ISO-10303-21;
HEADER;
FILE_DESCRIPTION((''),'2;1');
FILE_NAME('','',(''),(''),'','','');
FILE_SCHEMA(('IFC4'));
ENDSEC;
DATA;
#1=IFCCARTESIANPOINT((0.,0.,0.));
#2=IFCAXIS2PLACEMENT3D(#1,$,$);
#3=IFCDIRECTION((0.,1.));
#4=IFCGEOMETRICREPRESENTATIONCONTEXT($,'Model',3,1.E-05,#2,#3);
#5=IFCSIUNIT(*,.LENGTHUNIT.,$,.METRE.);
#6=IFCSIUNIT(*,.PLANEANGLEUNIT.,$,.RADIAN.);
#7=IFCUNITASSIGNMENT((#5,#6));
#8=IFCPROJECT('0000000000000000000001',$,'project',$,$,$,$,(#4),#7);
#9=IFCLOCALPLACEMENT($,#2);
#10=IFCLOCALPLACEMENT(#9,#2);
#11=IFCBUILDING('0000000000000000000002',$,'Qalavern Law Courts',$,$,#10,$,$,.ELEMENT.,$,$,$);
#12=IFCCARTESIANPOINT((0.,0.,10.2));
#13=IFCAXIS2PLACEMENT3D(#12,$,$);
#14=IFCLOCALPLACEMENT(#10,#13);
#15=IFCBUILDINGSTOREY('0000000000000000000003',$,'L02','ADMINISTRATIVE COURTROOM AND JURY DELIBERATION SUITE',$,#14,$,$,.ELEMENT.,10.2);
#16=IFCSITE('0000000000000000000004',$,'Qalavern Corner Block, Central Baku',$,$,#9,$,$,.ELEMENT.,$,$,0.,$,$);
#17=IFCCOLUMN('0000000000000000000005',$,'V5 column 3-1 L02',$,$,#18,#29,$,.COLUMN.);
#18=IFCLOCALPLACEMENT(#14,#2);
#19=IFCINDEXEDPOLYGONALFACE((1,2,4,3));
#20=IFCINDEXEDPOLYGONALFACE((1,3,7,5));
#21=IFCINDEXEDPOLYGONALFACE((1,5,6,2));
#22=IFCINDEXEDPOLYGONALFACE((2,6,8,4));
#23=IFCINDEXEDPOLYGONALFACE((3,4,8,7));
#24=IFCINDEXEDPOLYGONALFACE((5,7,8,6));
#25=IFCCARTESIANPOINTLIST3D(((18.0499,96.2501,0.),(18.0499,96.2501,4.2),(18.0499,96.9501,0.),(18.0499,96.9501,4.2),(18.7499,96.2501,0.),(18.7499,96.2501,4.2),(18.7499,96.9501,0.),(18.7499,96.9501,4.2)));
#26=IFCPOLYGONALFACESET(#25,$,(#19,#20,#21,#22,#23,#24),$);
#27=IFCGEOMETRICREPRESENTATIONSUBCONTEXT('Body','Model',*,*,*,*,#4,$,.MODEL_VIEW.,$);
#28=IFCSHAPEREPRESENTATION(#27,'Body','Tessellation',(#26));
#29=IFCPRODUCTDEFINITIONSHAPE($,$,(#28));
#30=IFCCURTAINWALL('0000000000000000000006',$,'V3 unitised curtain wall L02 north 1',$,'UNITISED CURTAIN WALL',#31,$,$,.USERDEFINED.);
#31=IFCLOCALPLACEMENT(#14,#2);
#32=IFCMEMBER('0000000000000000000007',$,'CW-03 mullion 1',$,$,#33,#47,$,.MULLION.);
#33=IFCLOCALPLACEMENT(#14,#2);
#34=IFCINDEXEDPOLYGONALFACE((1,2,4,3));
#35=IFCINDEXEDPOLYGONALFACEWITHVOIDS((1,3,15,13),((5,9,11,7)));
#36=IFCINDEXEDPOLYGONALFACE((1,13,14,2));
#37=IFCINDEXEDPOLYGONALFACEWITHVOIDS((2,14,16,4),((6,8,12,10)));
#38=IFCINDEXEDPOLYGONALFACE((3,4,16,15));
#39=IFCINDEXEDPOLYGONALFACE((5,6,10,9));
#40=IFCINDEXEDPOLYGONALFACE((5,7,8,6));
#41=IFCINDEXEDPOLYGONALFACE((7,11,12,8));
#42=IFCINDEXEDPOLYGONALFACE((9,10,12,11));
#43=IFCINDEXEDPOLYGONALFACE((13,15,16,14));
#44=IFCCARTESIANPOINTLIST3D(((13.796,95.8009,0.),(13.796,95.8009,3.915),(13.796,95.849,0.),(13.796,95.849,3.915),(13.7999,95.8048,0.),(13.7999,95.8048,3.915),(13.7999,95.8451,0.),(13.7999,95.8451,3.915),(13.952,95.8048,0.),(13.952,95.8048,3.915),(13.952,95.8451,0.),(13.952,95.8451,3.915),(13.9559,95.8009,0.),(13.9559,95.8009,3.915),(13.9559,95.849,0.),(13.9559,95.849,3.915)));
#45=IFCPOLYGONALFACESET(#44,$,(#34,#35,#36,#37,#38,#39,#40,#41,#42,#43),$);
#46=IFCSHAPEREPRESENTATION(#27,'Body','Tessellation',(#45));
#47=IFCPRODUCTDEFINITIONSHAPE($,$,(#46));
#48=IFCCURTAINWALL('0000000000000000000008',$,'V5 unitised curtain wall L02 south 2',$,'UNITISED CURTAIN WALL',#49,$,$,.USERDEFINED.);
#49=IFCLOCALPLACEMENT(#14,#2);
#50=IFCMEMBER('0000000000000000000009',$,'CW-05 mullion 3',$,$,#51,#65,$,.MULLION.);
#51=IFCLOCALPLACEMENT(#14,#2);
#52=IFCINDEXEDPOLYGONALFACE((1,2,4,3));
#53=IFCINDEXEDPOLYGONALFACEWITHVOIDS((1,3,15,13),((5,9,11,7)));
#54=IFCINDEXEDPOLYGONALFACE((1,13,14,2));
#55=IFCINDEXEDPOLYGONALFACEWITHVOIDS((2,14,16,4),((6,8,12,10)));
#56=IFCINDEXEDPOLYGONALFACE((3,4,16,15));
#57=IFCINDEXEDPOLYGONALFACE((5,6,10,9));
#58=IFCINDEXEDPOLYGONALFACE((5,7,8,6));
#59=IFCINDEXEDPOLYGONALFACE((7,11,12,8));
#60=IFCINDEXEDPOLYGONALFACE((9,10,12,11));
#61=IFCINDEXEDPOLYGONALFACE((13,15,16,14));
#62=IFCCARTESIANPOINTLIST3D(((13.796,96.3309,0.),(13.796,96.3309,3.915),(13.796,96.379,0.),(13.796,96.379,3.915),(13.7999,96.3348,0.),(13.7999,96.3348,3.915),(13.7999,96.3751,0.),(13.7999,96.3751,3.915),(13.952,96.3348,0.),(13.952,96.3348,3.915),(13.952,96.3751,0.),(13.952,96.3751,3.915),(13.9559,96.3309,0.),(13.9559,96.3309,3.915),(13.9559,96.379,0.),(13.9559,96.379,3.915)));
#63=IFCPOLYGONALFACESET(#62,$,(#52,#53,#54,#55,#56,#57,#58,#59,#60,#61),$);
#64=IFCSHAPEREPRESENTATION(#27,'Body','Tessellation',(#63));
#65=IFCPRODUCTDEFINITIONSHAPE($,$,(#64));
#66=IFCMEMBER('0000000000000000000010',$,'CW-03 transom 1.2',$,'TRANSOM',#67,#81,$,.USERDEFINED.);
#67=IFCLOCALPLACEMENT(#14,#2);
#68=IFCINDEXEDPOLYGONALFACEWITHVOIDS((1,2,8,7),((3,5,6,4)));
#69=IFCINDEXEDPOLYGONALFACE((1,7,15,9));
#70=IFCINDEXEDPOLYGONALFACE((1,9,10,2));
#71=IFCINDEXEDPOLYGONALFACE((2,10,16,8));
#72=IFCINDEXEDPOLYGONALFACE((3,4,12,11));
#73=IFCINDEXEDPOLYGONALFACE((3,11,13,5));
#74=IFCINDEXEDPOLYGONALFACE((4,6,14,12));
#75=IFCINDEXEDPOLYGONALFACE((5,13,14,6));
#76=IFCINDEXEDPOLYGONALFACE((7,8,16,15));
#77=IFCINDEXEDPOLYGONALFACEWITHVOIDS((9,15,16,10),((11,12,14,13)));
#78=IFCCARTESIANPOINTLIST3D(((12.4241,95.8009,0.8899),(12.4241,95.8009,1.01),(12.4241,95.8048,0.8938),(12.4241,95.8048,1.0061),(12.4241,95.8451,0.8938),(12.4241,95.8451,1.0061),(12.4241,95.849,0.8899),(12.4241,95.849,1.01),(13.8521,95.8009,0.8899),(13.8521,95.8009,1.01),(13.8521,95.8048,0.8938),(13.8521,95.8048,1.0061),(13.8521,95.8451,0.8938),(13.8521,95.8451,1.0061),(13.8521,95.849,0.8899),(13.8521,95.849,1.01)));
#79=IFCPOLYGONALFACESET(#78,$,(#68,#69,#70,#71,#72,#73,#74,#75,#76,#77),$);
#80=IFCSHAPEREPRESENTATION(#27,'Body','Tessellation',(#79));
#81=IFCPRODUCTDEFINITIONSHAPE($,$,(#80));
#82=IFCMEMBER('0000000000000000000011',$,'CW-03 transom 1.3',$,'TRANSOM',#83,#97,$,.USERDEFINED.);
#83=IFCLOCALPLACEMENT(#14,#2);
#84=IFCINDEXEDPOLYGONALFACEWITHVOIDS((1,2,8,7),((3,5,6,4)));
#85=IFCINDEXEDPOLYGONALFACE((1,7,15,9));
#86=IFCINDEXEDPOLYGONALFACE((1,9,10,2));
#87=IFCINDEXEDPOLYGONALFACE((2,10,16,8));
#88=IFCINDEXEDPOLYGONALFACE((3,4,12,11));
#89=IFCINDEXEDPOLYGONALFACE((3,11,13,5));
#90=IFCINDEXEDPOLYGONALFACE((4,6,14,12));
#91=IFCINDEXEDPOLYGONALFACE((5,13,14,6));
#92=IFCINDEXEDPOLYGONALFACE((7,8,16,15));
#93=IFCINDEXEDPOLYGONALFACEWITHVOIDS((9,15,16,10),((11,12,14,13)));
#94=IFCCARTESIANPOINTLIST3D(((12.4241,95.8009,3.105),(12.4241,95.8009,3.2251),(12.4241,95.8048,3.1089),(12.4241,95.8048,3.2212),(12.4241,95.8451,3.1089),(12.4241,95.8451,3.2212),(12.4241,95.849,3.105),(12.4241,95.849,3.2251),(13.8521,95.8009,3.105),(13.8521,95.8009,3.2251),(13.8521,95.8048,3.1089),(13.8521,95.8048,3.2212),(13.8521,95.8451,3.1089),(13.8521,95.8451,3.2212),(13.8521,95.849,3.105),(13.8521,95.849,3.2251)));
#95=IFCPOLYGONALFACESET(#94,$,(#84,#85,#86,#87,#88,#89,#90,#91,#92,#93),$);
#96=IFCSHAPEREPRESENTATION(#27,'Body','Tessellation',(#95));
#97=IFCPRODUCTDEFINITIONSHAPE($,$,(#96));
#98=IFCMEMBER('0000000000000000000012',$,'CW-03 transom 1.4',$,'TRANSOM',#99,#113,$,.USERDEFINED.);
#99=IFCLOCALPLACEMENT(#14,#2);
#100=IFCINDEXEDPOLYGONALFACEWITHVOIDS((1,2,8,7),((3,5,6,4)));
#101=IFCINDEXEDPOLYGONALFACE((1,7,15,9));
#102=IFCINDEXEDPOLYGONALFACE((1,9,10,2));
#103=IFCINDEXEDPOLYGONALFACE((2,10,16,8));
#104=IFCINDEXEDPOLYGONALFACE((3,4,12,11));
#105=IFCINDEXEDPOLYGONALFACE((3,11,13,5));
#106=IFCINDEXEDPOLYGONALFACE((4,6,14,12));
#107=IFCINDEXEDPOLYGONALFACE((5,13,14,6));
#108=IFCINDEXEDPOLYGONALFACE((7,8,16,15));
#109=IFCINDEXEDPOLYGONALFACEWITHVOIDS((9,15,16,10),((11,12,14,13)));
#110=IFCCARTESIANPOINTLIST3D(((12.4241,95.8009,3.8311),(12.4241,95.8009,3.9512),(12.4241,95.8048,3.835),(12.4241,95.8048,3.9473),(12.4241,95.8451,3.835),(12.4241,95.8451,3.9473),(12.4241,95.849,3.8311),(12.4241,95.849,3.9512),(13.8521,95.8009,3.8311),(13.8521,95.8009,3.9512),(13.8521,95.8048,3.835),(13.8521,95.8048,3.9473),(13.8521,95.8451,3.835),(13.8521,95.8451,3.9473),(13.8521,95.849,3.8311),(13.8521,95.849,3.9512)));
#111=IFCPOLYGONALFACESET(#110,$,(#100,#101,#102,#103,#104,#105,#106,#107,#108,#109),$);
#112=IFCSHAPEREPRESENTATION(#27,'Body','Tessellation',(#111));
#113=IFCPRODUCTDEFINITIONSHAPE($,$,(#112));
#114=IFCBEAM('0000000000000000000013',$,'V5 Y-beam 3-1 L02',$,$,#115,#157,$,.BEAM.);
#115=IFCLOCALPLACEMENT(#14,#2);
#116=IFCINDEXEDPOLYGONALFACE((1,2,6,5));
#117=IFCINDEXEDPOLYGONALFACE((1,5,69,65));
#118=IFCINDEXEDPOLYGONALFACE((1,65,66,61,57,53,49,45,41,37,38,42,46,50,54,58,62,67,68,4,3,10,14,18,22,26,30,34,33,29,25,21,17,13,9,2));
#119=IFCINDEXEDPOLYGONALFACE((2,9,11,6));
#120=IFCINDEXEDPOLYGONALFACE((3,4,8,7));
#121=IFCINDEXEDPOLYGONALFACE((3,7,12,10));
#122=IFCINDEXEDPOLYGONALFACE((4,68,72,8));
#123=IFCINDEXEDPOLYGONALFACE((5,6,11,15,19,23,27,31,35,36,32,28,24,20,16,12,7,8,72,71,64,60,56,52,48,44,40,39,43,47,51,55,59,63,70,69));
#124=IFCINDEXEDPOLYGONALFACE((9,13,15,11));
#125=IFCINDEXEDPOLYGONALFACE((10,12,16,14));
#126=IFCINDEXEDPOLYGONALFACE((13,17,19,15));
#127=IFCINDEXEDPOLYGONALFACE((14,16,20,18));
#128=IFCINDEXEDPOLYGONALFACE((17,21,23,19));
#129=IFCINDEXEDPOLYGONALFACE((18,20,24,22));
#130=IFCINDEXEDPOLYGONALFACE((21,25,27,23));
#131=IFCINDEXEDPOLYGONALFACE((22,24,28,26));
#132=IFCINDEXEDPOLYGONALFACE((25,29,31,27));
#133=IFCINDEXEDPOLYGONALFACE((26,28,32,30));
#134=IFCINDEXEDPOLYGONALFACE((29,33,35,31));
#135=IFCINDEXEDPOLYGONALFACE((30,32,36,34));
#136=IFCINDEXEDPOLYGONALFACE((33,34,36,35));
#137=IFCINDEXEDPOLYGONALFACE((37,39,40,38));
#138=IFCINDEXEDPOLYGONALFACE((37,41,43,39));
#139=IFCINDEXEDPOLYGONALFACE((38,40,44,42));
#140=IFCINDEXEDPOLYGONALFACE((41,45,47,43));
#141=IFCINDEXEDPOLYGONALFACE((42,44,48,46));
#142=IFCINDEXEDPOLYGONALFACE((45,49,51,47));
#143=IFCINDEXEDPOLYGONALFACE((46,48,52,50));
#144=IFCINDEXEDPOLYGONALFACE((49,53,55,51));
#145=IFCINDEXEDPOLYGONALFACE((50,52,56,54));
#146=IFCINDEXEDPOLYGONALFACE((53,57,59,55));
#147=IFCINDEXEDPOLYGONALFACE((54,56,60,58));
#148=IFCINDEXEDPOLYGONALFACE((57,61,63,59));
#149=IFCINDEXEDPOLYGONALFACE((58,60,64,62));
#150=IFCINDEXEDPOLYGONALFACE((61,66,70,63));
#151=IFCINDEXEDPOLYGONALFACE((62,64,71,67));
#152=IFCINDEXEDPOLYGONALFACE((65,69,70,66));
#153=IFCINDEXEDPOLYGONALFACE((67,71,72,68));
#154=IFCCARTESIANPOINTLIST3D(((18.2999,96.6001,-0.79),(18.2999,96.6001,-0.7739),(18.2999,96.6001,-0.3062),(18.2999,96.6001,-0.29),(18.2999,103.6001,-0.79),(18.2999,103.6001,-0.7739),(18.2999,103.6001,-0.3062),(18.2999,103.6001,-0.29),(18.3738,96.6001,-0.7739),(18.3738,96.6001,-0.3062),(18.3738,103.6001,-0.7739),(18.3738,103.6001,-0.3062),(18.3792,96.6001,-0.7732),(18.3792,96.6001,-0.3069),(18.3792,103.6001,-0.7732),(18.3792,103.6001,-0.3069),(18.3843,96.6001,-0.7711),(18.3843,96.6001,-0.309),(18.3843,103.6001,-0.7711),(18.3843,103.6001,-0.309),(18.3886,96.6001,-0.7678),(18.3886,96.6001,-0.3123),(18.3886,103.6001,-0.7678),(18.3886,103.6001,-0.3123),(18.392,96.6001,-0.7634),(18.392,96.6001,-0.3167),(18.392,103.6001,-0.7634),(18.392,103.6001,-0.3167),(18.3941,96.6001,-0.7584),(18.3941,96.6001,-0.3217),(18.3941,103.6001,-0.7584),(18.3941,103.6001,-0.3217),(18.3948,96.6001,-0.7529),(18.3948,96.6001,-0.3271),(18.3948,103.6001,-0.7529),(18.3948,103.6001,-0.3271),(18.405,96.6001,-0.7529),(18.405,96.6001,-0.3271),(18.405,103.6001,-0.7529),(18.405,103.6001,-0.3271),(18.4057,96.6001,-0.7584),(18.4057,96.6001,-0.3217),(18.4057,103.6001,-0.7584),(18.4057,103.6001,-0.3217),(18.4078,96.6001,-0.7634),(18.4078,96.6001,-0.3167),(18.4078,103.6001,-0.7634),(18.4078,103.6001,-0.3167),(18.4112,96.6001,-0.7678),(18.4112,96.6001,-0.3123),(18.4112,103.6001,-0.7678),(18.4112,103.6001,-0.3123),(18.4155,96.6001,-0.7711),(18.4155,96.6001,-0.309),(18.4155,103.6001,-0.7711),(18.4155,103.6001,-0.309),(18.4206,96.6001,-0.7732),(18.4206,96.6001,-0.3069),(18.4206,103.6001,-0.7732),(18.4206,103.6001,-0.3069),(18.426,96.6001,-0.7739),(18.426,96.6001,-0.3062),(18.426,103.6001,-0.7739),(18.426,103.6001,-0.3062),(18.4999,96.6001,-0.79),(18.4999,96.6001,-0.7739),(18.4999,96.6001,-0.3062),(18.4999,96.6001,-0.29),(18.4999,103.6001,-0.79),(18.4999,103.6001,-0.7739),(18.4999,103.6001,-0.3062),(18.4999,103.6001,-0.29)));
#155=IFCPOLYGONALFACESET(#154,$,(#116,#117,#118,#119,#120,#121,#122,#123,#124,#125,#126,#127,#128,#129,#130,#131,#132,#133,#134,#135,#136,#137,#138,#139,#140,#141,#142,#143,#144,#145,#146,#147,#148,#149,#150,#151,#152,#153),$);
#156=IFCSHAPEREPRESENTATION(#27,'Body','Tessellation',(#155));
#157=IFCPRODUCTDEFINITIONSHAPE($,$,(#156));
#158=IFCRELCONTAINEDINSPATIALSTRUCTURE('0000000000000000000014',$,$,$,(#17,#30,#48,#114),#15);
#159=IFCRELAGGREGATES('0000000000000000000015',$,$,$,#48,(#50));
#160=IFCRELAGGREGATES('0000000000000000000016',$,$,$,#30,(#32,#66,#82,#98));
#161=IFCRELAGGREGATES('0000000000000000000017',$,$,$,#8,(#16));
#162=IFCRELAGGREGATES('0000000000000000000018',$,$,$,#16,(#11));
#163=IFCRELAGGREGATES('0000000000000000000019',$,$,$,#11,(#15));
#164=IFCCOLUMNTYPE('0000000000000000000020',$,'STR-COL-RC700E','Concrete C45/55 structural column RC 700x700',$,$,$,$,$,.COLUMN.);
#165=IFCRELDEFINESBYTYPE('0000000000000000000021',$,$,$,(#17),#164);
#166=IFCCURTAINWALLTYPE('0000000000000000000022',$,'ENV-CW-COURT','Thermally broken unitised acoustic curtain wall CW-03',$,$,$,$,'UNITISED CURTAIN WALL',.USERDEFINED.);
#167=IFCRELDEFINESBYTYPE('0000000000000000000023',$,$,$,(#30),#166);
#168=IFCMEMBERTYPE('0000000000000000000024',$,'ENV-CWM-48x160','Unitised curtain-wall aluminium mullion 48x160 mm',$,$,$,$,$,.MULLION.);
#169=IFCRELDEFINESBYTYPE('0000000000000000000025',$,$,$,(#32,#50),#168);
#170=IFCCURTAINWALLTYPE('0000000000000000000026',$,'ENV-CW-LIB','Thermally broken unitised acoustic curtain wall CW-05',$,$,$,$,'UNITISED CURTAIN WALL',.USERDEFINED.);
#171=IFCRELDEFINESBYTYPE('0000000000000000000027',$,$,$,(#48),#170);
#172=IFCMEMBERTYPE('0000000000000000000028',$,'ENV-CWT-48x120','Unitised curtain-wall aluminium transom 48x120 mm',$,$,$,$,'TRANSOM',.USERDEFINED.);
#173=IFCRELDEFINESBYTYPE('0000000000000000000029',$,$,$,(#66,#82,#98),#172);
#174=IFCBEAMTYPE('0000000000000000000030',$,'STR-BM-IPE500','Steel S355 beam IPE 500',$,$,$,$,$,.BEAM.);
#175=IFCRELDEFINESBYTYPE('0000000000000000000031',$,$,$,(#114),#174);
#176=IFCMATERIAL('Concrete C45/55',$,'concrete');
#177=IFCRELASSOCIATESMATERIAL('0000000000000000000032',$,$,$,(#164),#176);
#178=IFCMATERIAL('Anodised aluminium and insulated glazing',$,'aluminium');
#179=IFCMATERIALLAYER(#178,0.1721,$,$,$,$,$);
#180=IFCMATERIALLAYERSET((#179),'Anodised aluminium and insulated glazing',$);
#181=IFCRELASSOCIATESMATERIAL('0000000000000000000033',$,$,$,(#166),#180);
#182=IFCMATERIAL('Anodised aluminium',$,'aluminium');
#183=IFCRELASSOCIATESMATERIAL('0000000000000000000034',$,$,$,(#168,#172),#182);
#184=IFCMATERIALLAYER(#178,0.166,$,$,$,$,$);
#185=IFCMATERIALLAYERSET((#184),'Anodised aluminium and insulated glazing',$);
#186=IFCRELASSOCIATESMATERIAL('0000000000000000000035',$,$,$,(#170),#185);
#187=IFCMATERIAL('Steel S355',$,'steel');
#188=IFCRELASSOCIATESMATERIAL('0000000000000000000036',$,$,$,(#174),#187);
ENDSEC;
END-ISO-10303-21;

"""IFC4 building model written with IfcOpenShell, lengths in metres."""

from ifc_helpers import new_model, si_unit, direction, frame, origin, origin_2d, place, context, subcontext, project, spatial, rectangle, hollow_rectangle, i_section, extrude, material, layer, layer_set, material_profile, profile_set, type_object, element, aggregate, save


model = new_model("IFC4")

# Units and contexts
model_context = context("Model", 3, precision=1e-05, world=origin(), true_north=direction((0.0, 1.0)))
body_context = subcontext(model_context, "Body", "Model", "MODEL_VIEW")
ifc_project = project(units=[si_unit("LENGTHUNIT", "METRE"), si_unit("PLANEANGLEUNIT", "RADIAN")], contexts=[model_context])

# Site, building, storey
site_placement = place(None, origin())
site = spatial("IfcSite", under=ifc_project, at=site_placement, Name="Qalavern Corner Block, Central Baku", CompositionType="ELEMENT", RefElevation=0.0)
building_placement = place(site_placement, origin())
building = spatial("IfcBuilding", under=site, at=building_placement, Name="Qalavern Law Courts", CompositionType="ELEMENT")
storey_placement = place(building_placement, frame((0.0, 0.0, 10.2)))
storey = spatial("IfcBuildingStorey", under=building, at=storey_placement, Name="L02", Description="ADMINISTRATIVE COURTROOM AND JURY DELIBERATION SUITE", CompositionType="ELEMENT", Elevation=10.2)

# Column
ifc_material_1 = material(Name="Concrete C45/55", Category="concrete")
ifc_material_profile_1 = material_profile(ifc_material_1, rectangle(XDim=0.7, YDim=0.7, at=origin_2d()), Name="RC 700x700")
ifc_profile_set_1 = profile_set([ifc_material_profile_1], Name="Concrete C45/55")
column_type = type_object("IfcColumnType", Name="STR-COL-RC700E", Description="Concrete C45/55 structural column RC 700x700", PredefinedType="COLUMN", material=ifc_profile_set_1)
column_placement = place(storey_placement, frame((18.3999, 96.6001, 0.0), z_axis=(0.0, 0.0, 1.0), x_axis=(1.0, 0.0, 0.0)))
element("IfcColumn", 1, at=column_placement, inside=storey, type_object=column_type, Name="V5 column 3-1 L02", PredefinedType="COLUMN", context=body_context, shape_type="SweptSolid", body=[
    extrude(rectangle(XDim=0.7, YDim=0.7, at=origin_2d()), origin(), (0.0, 0.0, 1.0), 4.2),
])

# Curtain walls, members
ifc_material_2 = material(Name="Anodised aluminium and insulated glazing", Category="aluminium")
ifc_layer_1 = layer(ifc_material_2, 0.1721)
ifc_layer_set_1 = layer_set([ifc_layer_1], Name="Anodised aluminium and insulated glazing")
curtain_wall_type_1 = type_object("IfcCurtainWallType", Name="ENV-CW-COURT", Description="Thermally broken unitised acoustic curtain wall CW-03", ElementType="UNITISED CURTAIN WALL", PredefinedType="USERDEFINED", material=ifc_layer_set_1)
curtain_wall_1_placement = place(storey_placement, origin())
curtain_wall_1 = element("IfcCurtainWall", 2, at=curtain_wall_1_placement, inside=storey, type_object=curtain_wall_type_1, Name="V3 unitised curtain wall L02 north 1", ObjectType="UNITISED CURTAIN WALL", PredefinedType="USERDEFINED")
ifc_material_3 = material(Name="Anodised aluminium", Category="aluminium")
ifc_material_profile_2 = material_profile(ifc_material_3, hollow_rectangle(XDim=0.0481, YDim=0.1599, WallThickness=0.0039, at=origin_2d()), Name="ALU MULLION 48x160")
ifc_profile_set_2 = profile_set([ifc_material_profile_2], Name="Anodised aluminium")
member_type_1 = type_object("IfcMemberType", Name="ENV-CWM-48x160", Description="Unitised curtain-wall aluminium mullion 48x160 mm", PredefinedType="MULLION", material=ifc_profile_set_2)
member_1_placement = place(storey_placement, frame((13.876, 95.825, 0.0), z_axis=(0.0, 0.0, 1.0), x_axis=(0.0, -1.0, 0.0)))
member_1 = element("IfcMember", 3, at=member_1_placement, type_object=member_type_1, Name="CW-03 mullion 1", PredefinedType="MULLION", context=body_context, shape_type="SweptSolid", body=[
    extrude(hollow_rectangle(XDim=0.0481, YDim=0.1599, WallThickness=0.0039, at=origin_2d()), origin(), (0.0, 0.0, 1.0), 3.915),
])
ifc_layer_2 = layer(ifc_material_2, 0.166)
ifc_layer_set_2 = layer_set([ifc_layer_2], Name="Anodised aluminium and insulated glazing")
curtain_wall_type_2 = type_object("IfcCurtainWallType", Name="ENV-CW-LIB", Description="Thermally broken unitised acoustic curtain wall CW-05", ElementType="UNITISED CURTAIN WALL", PredefinedType="USERDEFINED", material=ifc_layer_set_2)
curtain_wall_2_placement = place(storey_placement, origin())
curtain_wall_2 = element("IfcCurtainWall", 4, at=curtain_wall_2_placement, inside=storey, type_object=curtain_wall_type_2, Name="V5 unitised curtain wall L02 south 2", ObjectType="UNITISED CURTAIN WALL", PredefinedType="USERDEFINED")
member_2_placement = place(storey_placement, frame((13.876, 96.355, 0.0), z_axis=(0.0, 0.0, 1.0), x_axis=(0.0, 1.0, 0.0)))
member_2 = element("IfcMember", 5, at=member_2_placement, type_object=member_type_1, Name="CW-05 mullion 3", PredefinedType="MULLION", context=body_context, shape_type="SweptSolid", body=[
    extrude(hollow_rectangle(XDim=0.0481, YDim=0.1599, WallThickness=0.0039, at=origin_2d()), origin(), (0.0, 0.0, 1.0), 3.915),
])
aggregate(curtain_wall_2, [member_2])

# Members
ifc_material_profile_3 = material_profile(ifc_material_3, hollow_rectangle(XDim=0.0481, YDim=0.1201, WallThickness=0.0039, at=origin_2d()), Name="ALU TRANSOM 48x120")
ifc_profile_set_3 = profile_set([ifc_material_profile_3], Name="Anodised aluminium")
member_type_2 = type_object("IfcMemberType", Name="ENV-CWT-48x120", Description="Unitised curtain-wall aluminium transom 48x120 mm", ElementType="TRANSOM", PredefinedType="USERDEFINED", material=ifc_profile_set_3)
member_3_placement = place(storey_placement, frame((13.8521, 95.825, 0.95), z_axis=(-1.0, 0.0, 0.0), x_axis=(0.0, -1.0, 0.0)))
member_3 = element("IfcMember", 6, at=member_3_placement, type_object=member_type_2, Name="CW-03 transom 1.2", ObjectType="TRANSOM", PredefinedType="USERDEFINED", context=body_context, shape_type="SweptSolid", body=[
    extrude(hollow_rectangle(XDim=0.0481, YDim=0.1201, WallThickness=0.0039, at=origin_2d()), origin(), (0.0, 0.0, 1.0), 1.428),
])
member_4_placement = place(storey_placement, frame((13.8521, 95.825, 3.165), z_axis=(-1.0, 0.0, 0.0), x_axis=(0.0, -1.0, 0.0)))
member_4 = element("IfcMember", 7, at=member_4_placement, type_object=member_type_2, Name="CW-03 transom 1.3", ObjectType="TRANSOM", PredefinedType="USERDEFINED", context=body_context, shape_type="SweptSolid", body=[
    extrude(hollow_rectangle(XDim=0.0481, YDim=0.1201, WallThickness=0.0039, at=origin_2d()), origin(), (0.0, 0.0, 1.0), 1.428),
])
member_5_placement = place(storey_placement, frame((13.8521, 95.825, 3.8911), z_axis=(-1.0, 0.0, 0.0), x_axis=(0.0, -1.0, 0.0)))
member_5 = element("IfcMember", 8, at=member_5_placement, type_object=member_type_2, Name="CW-03 transom 1.4", ObjectType="TRANSOM", PredefinedType="USERDEFINED", context=body_context, shape_type="SweptSolid", body=[
    extrude(hollow_rectangle(XDim=0.0481, YDim=0.1201, WallThickness=0.0039, at=origin_2d()), origin(), (0.0, 0.0, 1.0), 1.428),
])
aggregate(curtain_wall_1, [member_1, member_3, member_4, member_5])

# Beam
ifc_material_4 = material(Name="Steel S355", Category="steel")
ifc_material_profile_4 = material_profile(ifc_material_4, i_section(OverallWidth=0.2, OverallDepth=0.5, WebThickness=0.0103, FlangeThickness=0.0161, FilletRadius=0.021, at=origin_2d()), Name="IPE 500")
ifc_profile_set_4 = profile_set([ifc_material_profile_4], Name="Steel S355")
beam_type_1 = type_object("IfcBeamType", Name="STR-BM-IPE500", Description="Steel S355 beam IPE 500", PredefinedType="BEAM", material=ifc_profile_set_4)
beam_1_placement = place(storey_placement, frame((18.3999, 96.6001, -0.54), z_axis=(0.0, 1.0, 0.0), x_axis=(-1.0, 0.0, 0.0)))
element("IfcBeam", 9, at=beam_1_placement, inside=storey, type_object=beam_type_1, Name="V5 Y-beam 3-1 L02", PredefinedType="BEAM", context=body_context, shape_type="SweptSolid", body=[
    extrude(i_section(OverallWidth=0.2, OverallDepth=0.5, WebThickness=0.0103, FlangeThickness=0.0161, FilletRadius=0.021, at=origin_2d()), origin(), (0.0, 0.0, 1.0), 7.0),
])

save(model, "model.ifc")
